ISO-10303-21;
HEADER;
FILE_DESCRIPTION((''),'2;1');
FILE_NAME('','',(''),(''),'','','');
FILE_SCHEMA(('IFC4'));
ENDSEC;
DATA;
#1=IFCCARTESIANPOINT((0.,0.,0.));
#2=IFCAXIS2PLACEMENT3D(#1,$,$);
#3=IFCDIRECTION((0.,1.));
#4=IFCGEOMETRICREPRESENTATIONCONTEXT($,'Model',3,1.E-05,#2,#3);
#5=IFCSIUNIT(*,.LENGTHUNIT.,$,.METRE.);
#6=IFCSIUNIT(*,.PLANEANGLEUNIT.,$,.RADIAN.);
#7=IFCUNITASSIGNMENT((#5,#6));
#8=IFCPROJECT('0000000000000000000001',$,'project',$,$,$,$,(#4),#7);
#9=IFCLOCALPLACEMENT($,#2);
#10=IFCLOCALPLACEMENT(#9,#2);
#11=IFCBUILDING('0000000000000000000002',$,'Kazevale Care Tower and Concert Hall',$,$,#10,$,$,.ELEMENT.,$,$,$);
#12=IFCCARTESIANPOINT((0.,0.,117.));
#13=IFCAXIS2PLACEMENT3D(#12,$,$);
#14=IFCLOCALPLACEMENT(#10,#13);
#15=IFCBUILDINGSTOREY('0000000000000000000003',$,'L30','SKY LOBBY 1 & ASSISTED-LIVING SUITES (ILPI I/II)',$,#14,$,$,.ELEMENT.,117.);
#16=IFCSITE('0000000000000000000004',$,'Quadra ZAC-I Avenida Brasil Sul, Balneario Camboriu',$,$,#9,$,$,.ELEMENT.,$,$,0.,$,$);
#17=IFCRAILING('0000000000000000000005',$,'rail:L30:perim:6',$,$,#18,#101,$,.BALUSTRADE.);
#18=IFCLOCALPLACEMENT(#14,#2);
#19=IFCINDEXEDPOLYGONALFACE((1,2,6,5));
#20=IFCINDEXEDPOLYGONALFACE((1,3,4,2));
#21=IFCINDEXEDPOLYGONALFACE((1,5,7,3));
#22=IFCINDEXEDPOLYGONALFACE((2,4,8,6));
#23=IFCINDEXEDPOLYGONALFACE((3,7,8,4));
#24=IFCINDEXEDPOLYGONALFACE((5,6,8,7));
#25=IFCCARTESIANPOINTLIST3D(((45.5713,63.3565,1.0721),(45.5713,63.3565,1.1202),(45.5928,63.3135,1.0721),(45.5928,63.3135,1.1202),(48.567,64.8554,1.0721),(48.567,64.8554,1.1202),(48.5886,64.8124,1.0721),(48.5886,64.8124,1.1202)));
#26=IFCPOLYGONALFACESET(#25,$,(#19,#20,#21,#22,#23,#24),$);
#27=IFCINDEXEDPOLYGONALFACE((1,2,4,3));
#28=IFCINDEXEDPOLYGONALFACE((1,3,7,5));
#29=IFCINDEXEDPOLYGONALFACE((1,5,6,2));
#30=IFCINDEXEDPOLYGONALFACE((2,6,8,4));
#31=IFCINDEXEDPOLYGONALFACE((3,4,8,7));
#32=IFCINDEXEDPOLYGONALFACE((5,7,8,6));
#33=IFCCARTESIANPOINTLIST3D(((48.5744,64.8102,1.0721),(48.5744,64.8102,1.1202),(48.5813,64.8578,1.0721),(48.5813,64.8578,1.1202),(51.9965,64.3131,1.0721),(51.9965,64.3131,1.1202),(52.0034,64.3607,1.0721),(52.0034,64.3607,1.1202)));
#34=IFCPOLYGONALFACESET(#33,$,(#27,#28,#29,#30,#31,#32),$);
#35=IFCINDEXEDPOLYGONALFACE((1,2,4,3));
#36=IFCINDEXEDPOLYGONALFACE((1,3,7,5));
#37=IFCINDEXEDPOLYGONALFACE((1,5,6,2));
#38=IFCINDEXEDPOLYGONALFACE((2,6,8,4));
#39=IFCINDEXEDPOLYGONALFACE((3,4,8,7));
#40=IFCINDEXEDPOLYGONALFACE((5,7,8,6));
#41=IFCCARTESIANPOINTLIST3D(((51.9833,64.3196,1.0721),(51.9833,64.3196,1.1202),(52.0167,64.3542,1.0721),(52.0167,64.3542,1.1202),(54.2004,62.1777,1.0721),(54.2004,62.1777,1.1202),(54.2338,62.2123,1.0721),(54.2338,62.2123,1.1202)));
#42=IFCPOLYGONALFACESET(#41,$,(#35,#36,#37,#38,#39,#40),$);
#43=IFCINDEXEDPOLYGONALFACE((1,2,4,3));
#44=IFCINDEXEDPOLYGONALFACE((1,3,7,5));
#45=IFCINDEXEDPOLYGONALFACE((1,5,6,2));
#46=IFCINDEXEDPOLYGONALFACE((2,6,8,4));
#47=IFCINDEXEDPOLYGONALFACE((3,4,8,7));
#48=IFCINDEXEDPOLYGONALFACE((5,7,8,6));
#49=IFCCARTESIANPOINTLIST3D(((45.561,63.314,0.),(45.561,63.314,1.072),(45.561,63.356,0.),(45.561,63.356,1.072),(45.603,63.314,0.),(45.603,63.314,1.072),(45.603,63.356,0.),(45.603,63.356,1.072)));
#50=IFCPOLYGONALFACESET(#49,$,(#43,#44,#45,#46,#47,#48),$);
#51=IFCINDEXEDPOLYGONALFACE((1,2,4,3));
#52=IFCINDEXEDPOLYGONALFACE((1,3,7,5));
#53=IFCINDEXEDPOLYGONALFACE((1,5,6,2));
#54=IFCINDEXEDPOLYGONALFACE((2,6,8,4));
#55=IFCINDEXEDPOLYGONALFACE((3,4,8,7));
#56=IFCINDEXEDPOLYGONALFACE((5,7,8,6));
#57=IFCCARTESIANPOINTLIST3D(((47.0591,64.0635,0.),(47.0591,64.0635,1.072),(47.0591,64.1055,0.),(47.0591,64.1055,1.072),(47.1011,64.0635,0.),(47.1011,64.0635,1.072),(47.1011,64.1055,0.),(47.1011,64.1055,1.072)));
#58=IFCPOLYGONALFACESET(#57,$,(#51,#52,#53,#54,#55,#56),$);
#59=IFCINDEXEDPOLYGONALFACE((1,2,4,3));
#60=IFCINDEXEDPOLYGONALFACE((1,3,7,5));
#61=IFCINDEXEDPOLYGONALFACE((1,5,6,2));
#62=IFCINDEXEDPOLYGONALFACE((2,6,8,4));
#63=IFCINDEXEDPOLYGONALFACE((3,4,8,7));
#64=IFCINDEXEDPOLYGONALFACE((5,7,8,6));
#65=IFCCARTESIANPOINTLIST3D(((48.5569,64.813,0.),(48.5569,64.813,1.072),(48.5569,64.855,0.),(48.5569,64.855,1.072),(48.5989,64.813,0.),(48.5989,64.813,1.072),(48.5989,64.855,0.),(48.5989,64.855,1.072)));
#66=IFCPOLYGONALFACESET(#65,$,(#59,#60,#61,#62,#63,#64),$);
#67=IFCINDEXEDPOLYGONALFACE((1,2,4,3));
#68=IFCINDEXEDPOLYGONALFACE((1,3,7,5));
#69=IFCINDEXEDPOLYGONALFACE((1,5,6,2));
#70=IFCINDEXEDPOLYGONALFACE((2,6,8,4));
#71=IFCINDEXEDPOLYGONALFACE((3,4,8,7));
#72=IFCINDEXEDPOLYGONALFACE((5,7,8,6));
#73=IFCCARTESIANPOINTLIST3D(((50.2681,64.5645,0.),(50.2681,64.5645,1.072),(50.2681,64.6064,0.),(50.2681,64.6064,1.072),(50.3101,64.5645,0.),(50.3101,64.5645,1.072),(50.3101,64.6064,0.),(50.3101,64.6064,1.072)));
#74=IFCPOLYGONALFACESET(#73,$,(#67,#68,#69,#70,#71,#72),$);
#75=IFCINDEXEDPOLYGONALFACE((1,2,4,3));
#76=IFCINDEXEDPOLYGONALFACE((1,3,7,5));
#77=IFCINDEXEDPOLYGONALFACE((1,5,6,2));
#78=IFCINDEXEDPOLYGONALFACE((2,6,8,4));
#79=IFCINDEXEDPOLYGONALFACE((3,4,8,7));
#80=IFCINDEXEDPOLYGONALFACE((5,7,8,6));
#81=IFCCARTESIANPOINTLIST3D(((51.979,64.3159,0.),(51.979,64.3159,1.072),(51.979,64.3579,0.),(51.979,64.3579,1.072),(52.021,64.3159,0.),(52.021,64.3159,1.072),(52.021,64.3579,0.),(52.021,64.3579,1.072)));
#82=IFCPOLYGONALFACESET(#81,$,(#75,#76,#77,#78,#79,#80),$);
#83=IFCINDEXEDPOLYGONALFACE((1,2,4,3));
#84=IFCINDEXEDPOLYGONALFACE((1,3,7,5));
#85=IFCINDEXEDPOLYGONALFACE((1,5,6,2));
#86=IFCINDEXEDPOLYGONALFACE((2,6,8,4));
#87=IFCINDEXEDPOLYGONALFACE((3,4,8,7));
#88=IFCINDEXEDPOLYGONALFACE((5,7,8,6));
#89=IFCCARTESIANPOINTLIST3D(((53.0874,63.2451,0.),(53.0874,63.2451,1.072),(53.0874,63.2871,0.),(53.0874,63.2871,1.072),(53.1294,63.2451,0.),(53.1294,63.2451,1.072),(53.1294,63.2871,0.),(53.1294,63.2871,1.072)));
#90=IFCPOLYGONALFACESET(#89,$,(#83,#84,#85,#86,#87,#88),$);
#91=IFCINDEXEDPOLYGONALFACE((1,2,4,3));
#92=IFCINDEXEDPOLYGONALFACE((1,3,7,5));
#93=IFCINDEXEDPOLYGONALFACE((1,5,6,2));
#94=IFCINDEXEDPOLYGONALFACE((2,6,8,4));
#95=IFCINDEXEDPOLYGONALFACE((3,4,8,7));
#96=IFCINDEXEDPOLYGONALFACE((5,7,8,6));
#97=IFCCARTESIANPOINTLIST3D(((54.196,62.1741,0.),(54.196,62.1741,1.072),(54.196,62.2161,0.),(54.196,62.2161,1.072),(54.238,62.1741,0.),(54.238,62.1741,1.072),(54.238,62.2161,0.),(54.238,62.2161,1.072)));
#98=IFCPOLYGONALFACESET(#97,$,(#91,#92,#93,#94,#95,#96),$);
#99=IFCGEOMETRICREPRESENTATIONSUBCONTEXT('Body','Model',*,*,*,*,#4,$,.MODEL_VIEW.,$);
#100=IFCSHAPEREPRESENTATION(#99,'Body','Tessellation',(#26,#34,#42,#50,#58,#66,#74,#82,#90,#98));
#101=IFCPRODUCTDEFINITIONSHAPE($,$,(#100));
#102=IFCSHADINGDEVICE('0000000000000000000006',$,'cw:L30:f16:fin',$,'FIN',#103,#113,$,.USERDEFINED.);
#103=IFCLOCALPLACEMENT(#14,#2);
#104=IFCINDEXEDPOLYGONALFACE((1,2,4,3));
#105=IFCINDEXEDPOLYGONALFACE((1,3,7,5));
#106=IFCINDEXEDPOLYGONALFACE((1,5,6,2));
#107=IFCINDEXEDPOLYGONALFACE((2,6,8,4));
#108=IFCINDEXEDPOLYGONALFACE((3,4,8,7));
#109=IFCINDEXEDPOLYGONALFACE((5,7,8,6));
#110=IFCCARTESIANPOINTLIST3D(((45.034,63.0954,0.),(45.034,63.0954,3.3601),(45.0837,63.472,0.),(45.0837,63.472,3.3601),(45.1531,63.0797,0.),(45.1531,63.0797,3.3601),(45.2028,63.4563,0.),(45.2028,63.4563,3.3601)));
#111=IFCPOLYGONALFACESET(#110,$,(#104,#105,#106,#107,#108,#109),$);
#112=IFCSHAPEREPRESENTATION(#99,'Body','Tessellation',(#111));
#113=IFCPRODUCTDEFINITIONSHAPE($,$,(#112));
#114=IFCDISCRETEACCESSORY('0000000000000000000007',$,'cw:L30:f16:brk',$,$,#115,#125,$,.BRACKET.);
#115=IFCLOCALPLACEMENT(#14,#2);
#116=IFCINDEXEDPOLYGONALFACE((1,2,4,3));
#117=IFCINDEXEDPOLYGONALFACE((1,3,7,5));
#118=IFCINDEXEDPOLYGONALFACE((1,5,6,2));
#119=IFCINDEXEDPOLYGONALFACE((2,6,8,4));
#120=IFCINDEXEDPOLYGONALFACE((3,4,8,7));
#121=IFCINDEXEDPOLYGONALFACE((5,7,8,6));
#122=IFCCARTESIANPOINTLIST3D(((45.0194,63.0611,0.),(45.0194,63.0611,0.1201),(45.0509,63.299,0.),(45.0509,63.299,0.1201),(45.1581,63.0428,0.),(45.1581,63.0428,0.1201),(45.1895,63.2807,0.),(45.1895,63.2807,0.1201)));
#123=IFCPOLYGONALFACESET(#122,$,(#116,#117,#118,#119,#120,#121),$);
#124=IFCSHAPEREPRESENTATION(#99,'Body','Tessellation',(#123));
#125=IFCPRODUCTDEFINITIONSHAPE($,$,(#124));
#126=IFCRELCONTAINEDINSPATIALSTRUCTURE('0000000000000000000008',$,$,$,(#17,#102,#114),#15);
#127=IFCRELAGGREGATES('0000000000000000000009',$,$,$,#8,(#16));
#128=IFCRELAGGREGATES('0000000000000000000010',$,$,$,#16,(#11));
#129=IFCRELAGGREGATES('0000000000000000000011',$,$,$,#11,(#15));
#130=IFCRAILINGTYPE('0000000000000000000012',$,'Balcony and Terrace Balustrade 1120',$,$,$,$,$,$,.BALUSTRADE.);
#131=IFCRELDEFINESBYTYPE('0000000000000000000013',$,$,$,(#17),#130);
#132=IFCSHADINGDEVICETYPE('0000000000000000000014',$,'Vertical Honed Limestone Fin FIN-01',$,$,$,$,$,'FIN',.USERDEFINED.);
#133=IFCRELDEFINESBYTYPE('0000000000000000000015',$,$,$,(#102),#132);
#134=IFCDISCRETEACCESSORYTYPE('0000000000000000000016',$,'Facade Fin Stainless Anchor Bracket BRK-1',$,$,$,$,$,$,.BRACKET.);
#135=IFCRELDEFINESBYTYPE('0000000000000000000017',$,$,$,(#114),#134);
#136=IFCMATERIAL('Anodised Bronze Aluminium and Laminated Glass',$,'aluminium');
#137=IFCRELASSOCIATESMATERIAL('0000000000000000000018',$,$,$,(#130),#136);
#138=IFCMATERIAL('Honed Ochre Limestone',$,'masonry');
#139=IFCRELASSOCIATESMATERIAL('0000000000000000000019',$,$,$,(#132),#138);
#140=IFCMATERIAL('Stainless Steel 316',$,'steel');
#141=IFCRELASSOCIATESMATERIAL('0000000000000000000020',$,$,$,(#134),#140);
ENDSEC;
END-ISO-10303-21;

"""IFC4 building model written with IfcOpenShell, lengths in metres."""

from ifc_helpers import new_model, si_unit, direction, frame, origin, origin_2d, place, context, subcontext, project, spatial, rectangle, extrude, material, type_object, element, save


model = new_model("IFC4")

# Units and contexts
model_context = context("Model", 3, precision=1e-05, world=origin(), true_north=direction((0.0, 1.0)))
body_context = subcontext(model_context, "Body", "Model", "MODEL_VIEW")
ifc_project = project(units=[si_unit("LENGTHUNIT", "METRE"), si_unit("PLANEANGLEUNIT", "RADIAN")], contexts=[model_context])

# Site, building, storey
site_placement = place(None, origin())
site = spatial("IfcSite", under=ifc_project, at=site_placement, Name="Quadra ZAC-I Avenida Brasil Sul, Balneario Camboriu", CompositionType="ELEMENT", RefElevation=0.0)
building_placement = place(site_placement, origin())
building = spatial("IfcBuilding", under=site, at=building_placement, Name="Kazevale Care Tower and Concert Hall", CompositionType="ELEMENT")
storey_placement = place(building_placement, frame((0.0, 0.0, 117.0)))
storey = spatial("IfcBuildingStorey", under=building, at=storey_placement, Name="L30", Description="SKY LOBBY 1 & ASSISTED-LIVING SUITES (ILPI I/II)", CompositionType="ELEMENT", Elevation=117.0)

# Railing
ifc_material_1 = material(Name="Anodised Bronze Aluminium and Laminated Glass", Category="aluminium")
railing_type = type_object("IfcRailingType", Name="Balcony and Terrace Balustrade 1120", PredefinedType="BALUSTRADE", material=ifc_material_1)
railing_placement = place(storey_placement, frame((45.582, 63.335, 0.0)))
element("IfcRailing", 1, at=railing_placement, inside=storey, type_object=railing_type, Name="rail:L30:perim:6", PredefinedType="BALUSTRADE", context=body_context, shape_type="SweptSolid", body=[
    extrude(rectangle(XDim=0.0481, YDim=0.0481, at=origin_2d()), frame((0.0, 0.0, 1.0962), z_axis=(0.894296, 0.447476, 0.0), x_axis=(-0.447476, 0.894296, 0.0)), (0.0, 0.0, 1.0), 3.3499),
    extrude(rectangle(XDim=0.0481, YDim=0.0481, at=origin_2d()), frame((2.9958, 1.499, 1.0962), z_axis=(0.989615, -0.143744, 0.0), x_axis=(0.143744, 0.989615, 0.0)), (0.0, 0.0, 1.0), 3.458),
    extrude(rectangle(XDim=0.0481, YDim=0.0481, at=origin_2d()), frame((6.418, 1.002, 1.0962), z_axis=(0.719198, -0.694805, 0.0), x_axis=(0.694805, 0.719198, 0.0)), (0.0, 0.0, 1.0), 3.0828),
    extrude(rectangle(XDim=0.042, YDim=0.042, at=origin_2d()), origin(), (0.0, 0.0, 1.0), 1.072),
    extrude(rectangle(XDim=0.042, YDim=0.042, at=origin_2d()), frame((1.498, 0.7495, 0.0)), (0.0, 0.0, 1.0), 1.072),
    extrude(rectangle(XDim=0.042, YDim=0.042, at=origin_2d()), frame((2.9958, 1.499, 0.0)), (0.0, 0.0, 1.0), 1.072),
    extrude(rectangle(XDim=0.042, YDim=0.042, at=origin_2d()), frame((4.707, 1.2505, 0.0)), (0.0, 0.0, 1.0), 1.072),
    extrude(rectangle(XDim=0.042, YDim=0.042, at=origin_2d()), frame((6.418, 1.002, 0.0)), (0.0, 0.0, 1.0), 1.072),
    extrude(rectangle(XDim=0.042, YDim=0.042, at=origin_2d()), frame((7.5264, -0.0688, 0.0)), (0.0, 0.0, 1.0), 1.072),
    extrude(rectangle(XDim=0.042, YDim=0.042, at=origin_2d()), frame((8.635, -1.1399, 0.0)), (0.0, 0.0, 1.0), 1.072),
])

# Shading device
ifc_material_2 = material(Name="Honed Ochre Limestone", Category="masonry")
shading_device_type = type_object("IfcShadingDeviceType", Name="Vertical Honed Limestone Fin FIN-01", ElementType="FIN", PredefinedType="USERDEFINED", material=ifc_material_2)
shading_device_placement = place(storey_placement, frame((45.1184, 63.2759, 0.0), z_axis=(0.0, 0.0, 1.0), x_axis=(0.130872, 0.991399, 0.0)))
element("IfcShadingDevice", 2, at=shading_device_placement, inside=storey, type_object=shading_device_type, Name="cw:L30:f16:fin", ObjectType="FIN", PredefinedType="USERDEFINED", context=body_context, shape_type="SweptSolid", body=[
    extrude(rectangle(XDim=0.3799, YDim=0.1201, at=origin_2d()), origin(), (0.0, 0.0, 1.0), 3.3601),
])

# Discrete accessory
ifc_material_3 = material(Name="Stainless Steel 316", Category="steel")
discrete_accessory_type = type_object("IfcDiscreteAccessoryType", Name="Facade Fin Stainless Anchor Bracket BRK-1", PredefinedType="BRACKET", material=ifc_material_3)
discrete_accessory_placement = place(storey_placement, frame((45.1045, 63.1709, 0.0), z_axis=(0.0, 0.0, 1.0), x_axis=(0.130872, 0.991399, 0.0)))
element("IfcDiscreteAccessory", 3, at=discrete_accessory_placement, inside=storey, type_object=discrete_accessory_type, Name="cw:L30:f16:brk", PredefinedType="BRACKET", context=body_context, shape_type="SweptSolid", body=[
    extrude(rectangle(XDim=0.24, YDim=0.1399, at=origin_2d()), origin(), (0.0, 0.0, 1.0), 0.1201),
])

save(model, "model.ifc")
